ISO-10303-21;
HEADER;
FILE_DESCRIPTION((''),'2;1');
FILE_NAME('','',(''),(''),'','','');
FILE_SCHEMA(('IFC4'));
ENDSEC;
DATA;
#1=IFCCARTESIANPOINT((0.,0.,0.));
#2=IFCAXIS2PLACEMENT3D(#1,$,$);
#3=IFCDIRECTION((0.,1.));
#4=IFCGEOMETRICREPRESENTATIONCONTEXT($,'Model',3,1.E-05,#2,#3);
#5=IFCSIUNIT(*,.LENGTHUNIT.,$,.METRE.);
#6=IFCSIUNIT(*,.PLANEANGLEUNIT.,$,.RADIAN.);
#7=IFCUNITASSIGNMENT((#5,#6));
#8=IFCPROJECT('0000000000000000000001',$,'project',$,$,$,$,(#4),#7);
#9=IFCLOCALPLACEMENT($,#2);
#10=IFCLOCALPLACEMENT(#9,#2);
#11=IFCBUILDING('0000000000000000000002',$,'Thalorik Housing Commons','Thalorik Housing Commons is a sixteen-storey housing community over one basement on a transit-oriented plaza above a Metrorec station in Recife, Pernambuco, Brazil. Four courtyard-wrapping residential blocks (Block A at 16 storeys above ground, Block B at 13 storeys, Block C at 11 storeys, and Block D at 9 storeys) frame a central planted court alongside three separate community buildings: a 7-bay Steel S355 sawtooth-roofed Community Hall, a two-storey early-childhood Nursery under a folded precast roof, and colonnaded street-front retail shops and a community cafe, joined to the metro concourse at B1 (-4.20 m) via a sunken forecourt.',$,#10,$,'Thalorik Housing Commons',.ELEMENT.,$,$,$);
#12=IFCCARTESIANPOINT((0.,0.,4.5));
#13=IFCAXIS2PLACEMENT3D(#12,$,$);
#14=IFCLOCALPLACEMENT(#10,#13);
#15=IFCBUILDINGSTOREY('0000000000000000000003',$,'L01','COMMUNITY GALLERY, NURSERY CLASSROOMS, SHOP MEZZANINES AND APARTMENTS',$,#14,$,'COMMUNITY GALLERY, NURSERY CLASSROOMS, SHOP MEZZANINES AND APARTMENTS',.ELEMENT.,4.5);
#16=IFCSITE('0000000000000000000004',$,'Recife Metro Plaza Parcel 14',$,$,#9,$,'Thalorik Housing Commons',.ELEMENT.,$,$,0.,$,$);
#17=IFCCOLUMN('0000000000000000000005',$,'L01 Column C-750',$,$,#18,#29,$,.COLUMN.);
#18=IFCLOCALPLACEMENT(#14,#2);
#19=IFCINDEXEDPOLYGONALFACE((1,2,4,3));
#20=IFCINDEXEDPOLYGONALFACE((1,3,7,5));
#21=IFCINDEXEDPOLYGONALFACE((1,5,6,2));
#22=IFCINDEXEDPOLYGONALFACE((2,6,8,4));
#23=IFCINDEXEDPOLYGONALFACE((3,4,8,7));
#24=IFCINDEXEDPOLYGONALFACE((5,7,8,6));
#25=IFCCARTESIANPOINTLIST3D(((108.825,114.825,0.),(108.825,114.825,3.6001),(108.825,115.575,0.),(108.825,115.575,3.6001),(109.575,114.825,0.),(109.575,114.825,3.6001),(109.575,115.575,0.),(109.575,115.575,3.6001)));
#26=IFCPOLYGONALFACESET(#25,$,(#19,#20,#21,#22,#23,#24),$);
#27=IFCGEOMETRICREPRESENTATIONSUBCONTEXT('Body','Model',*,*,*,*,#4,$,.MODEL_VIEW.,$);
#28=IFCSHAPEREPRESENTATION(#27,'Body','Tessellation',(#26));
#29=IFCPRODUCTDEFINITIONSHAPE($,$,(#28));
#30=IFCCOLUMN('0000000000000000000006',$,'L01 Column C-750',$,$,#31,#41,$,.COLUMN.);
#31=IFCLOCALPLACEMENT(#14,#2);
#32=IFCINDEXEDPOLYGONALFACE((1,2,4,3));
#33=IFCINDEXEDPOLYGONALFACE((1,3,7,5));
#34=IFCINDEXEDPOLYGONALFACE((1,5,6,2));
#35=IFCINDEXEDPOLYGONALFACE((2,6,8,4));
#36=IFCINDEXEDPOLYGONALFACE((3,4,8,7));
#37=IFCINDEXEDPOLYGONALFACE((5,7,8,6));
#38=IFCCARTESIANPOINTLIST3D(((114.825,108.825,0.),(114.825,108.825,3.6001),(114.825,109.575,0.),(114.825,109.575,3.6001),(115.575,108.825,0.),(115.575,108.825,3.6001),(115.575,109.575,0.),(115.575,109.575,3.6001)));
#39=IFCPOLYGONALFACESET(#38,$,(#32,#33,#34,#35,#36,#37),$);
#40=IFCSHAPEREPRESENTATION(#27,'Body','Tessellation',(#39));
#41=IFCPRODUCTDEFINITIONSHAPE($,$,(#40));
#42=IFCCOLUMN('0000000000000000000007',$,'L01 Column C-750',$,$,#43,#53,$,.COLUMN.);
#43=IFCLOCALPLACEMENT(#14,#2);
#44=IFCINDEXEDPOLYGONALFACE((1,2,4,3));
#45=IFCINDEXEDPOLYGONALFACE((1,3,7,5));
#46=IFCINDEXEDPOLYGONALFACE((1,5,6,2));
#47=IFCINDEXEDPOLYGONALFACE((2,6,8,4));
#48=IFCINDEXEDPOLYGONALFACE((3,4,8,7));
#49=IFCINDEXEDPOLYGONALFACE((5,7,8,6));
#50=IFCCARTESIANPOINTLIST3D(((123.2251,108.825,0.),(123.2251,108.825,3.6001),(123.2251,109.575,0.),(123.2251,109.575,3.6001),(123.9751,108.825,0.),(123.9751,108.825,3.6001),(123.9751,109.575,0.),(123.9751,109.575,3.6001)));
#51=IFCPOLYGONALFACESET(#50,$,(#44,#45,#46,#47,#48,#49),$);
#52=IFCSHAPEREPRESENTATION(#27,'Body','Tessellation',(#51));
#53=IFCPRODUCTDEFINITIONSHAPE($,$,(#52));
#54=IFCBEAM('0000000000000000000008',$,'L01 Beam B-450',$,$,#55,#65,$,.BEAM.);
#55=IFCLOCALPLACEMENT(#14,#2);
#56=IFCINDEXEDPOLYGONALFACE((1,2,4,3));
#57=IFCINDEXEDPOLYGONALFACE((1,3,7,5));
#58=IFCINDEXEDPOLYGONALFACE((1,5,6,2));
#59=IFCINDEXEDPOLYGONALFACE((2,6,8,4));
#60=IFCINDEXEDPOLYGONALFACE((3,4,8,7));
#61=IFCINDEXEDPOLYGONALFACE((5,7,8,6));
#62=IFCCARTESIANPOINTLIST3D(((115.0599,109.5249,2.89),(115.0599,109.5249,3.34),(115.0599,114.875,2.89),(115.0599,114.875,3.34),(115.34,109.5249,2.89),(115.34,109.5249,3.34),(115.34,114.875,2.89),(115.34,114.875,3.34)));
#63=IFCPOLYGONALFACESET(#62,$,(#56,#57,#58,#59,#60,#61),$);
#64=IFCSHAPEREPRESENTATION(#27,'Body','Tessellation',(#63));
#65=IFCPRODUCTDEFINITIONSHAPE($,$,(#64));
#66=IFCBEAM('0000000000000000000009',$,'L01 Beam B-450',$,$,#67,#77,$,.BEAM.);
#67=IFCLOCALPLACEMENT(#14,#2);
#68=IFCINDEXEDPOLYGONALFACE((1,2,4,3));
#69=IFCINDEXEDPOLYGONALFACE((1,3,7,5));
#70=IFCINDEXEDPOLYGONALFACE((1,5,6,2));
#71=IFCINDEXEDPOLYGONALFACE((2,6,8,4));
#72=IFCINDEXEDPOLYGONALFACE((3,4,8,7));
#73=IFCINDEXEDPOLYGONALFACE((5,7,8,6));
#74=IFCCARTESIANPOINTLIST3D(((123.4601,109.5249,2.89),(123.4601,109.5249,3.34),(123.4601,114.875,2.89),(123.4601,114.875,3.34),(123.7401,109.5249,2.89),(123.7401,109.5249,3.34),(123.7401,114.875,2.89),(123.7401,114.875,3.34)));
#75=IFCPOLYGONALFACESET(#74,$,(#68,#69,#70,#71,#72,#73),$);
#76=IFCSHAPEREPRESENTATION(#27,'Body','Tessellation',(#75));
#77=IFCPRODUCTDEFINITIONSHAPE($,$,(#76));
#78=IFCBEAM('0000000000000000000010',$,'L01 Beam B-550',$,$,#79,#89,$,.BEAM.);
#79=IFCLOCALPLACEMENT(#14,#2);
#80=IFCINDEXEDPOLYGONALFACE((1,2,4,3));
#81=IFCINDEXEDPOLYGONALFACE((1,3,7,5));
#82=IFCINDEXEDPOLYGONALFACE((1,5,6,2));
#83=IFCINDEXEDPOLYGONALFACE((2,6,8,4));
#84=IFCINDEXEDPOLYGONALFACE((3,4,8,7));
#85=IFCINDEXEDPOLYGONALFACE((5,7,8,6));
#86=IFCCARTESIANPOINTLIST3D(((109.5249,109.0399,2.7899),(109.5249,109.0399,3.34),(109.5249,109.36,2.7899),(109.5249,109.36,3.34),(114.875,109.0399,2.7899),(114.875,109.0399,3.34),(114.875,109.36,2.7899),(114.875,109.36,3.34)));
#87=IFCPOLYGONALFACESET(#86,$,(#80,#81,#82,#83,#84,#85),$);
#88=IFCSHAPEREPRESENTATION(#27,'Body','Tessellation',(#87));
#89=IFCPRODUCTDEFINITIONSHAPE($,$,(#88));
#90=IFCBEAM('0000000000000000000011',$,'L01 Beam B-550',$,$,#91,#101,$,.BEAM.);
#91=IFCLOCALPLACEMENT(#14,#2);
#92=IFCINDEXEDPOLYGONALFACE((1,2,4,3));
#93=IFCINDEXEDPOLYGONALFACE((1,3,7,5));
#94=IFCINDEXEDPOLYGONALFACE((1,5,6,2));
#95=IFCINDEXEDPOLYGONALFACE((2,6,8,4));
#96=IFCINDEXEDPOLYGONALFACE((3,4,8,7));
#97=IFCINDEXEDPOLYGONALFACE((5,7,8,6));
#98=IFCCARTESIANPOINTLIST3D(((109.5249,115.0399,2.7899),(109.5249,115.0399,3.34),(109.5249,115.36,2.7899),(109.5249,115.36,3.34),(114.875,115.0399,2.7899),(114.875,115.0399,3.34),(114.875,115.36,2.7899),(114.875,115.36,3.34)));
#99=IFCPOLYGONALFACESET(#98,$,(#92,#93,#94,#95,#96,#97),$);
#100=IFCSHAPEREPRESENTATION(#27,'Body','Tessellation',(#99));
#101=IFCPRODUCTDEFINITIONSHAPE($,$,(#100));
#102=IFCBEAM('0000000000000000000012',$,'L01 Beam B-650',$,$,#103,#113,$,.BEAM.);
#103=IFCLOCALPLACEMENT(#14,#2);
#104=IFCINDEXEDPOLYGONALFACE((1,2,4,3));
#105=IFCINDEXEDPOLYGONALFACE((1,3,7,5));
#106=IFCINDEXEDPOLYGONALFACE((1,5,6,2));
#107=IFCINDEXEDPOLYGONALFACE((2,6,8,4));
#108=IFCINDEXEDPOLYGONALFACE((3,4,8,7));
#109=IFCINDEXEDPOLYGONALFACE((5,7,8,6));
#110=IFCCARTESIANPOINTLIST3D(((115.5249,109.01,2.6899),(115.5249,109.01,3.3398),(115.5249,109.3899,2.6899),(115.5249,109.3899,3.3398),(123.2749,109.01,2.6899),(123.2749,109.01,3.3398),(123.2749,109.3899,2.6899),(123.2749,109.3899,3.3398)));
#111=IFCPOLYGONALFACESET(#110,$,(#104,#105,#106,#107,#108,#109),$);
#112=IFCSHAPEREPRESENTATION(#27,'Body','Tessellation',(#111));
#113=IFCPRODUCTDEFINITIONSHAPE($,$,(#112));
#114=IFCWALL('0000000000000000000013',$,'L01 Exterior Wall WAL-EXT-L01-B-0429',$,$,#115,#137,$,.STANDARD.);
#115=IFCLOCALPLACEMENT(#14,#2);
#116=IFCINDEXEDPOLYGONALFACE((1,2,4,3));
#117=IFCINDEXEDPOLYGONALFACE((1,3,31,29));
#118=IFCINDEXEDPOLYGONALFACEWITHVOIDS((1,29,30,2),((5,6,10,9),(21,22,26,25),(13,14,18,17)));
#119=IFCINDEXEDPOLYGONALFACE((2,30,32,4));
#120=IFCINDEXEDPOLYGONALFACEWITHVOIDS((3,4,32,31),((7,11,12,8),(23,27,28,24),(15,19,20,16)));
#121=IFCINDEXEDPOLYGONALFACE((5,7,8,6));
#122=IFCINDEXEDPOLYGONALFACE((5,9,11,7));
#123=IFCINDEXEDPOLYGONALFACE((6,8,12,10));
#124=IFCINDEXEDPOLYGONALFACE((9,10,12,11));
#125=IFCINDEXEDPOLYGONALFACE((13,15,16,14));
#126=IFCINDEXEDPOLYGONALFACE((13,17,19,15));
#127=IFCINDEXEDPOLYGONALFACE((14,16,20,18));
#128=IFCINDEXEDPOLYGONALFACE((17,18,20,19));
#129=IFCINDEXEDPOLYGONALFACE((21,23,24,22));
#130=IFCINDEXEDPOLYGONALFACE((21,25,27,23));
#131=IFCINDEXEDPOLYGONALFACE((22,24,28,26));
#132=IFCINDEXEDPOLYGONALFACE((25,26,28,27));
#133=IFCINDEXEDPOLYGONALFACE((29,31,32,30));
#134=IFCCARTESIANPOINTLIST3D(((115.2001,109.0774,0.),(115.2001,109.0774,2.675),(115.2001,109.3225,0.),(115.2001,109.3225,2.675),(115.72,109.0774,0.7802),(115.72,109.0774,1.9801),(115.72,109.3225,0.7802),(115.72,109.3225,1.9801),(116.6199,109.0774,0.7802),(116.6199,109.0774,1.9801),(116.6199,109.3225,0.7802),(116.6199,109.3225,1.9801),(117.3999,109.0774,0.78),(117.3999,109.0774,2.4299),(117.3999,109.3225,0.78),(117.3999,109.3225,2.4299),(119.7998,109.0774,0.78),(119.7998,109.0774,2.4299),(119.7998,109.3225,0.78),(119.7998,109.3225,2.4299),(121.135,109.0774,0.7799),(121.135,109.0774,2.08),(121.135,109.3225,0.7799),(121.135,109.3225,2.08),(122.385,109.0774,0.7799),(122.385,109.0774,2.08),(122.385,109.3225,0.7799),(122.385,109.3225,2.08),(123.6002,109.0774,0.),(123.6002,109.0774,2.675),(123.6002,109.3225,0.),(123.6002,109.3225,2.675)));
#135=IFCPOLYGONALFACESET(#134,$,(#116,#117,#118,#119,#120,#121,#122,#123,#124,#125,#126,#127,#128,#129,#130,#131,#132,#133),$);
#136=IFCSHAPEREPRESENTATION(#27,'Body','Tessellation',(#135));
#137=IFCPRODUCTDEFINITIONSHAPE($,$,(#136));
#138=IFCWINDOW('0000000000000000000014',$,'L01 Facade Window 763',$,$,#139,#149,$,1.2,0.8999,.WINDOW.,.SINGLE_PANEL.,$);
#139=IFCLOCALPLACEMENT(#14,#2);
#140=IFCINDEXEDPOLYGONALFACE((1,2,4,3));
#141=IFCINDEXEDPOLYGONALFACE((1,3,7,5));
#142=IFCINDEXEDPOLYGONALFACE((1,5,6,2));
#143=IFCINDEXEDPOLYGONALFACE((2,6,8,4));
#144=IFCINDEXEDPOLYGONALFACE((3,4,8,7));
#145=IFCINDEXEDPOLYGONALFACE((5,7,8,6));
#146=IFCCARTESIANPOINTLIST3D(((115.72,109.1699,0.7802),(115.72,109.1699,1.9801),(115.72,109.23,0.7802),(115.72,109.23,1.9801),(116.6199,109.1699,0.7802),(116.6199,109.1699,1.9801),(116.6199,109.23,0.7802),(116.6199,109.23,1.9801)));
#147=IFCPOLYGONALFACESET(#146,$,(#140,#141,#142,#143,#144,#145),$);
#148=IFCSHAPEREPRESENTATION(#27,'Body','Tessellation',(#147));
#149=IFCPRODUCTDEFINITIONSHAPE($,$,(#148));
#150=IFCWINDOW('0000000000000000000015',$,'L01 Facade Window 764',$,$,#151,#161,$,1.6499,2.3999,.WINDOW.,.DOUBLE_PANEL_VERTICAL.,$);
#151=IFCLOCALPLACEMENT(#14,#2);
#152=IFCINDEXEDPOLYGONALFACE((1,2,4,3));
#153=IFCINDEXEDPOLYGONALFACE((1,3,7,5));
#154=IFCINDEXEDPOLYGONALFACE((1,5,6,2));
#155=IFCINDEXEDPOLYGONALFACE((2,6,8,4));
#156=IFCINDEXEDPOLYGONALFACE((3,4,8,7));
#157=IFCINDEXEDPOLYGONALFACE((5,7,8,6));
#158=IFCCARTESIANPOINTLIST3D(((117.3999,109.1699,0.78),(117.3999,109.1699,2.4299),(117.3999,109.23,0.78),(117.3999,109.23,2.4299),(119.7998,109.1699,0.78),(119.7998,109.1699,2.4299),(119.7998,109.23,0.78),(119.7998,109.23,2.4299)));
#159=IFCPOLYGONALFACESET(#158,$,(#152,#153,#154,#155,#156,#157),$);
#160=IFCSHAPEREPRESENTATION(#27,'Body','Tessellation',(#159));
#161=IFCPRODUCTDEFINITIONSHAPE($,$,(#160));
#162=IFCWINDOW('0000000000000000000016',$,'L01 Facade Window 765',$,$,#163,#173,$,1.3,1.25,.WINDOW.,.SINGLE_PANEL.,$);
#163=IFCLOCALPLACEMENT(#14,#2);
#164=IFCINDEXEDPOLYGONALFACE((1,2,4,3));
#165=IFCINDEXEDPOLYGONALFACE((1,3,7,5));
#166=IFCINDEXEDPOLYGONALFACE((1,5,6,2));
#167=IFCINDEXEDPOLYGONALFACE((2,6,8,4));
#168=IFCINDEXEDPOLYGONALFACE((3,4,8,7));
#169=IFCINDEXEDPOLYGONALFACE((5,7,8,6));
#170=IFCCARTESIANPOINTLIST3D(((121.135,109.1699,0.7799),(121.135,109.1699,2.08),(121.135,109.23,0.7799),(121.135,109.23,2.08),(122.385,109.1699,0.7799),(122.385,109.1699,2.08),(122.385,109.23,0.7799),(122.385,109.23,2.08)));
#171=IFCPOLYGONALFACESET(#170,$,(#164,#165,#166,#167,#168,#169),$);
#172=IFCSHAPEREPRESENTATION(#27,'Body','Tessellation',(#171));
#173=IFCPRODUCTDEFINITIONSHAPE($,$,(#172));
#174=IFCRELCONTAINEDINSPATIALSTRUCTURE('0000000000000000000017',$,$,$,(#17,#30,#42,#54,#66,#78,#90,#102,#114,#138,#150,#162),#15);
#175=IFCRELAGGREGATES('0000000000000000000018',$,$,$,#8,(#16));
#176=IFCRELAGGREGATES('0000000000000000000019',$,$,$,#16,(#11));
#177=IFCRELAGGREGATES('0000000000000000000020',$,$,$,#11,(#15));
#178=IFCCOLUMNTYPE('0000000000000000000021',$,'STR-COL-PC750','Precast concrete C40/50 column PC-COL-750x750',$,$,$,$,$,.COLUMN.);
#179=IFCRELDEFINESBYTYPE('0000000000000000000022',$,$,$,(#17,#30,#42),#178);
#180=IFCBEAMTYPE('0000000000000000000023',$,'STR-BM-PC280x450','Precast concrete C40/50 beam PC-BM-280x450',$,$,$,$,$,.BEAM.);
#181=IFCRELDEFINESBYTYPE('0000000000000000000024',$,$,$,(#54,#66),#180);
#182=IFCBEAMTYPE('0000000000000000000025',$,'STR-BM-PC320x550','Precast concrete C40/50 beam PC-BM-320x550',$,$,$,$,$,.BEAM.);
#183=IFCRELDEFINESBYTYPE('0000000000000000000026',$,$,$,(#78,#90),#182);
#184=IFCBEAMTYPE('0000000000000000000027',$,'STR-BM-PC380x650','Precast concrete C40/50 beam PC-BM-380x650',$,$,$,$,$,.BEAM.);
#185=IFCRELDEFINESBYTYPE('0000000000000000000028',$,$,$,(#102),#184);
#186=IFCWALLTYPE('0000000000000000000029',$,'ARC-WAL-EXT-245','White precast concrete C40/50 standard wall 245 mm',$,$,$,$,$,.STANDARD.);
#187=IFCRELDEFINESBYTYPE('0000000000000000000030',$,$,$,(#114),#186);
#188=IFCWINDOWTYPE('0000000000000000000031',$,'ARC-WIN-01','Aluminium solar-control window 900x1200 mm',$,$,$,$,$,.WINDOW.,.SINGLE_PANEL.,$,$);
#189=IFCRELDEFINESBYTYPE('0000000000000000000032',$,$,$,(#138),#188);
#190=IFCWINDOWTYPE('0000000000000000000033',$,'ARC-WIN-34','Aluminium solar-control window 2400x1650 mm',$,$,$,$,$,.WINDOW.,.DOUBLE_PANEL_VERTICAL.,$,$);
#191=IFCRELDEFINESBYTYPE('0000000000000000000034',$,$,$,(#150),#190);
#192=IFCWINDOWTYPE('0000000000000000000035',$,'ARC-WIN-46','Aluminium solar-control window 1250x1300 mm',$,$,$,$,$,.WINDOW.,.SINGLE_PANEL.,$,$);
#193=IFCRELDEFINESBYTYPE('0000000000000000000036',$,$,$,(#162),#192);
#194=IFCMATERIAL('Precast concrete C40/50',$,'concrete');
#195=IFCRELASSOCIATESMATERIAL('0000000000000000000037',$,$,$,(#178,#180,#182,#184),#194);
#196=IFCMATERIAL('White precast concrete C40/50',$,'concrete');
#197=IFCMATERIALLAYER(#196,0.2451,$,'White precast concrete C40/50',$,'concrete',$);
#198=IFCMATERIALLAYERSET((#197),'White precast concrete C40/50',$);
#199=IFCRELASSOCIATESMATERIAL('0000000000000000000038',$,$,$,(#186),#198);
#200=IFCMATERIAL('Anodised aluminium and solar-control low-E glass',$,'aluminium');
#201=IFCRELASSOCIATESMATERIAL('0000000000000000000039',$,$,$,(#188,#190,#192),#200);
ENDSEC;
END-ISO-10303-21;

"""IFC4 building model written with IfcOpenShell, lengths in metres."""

from ifc_helpers import new_model, si_unit, direction, frame, frame_2d, origin, origin_2d, place, context, subcontext, project, spatial, rectangle, extrude, material, layer, layer_set, material_profile, profile_set, type_object, element, fill, save


model = new_model("IFC4")

# Units and contexts
model_context = context("Model", 3, precision=1e-05, world=origin(), true_north=direction((0.0, 1.0)))
body_context = subcontext(model_context, "Body", "Model", "MODEL_VIEW")
ifc_project = project(units=[si_unit("LENGTHUNIT", "METRE"), si_unit("PLANEANGLEUNIT", "RADIAN")], contexts=[model_context])

# Site, building, storey
site_placement = place(None, origin())
site = spatial("IfcSite", under=ifc_project, at=site_placement, Name="Recife Metro Plaza Parcel 14", LongName="Thalorik Housing Commons", CompositionType="ELEMENT", RefElevation=0.0)
building_placement = place(site_placement, origin())
building = spatial("IfcBuilding", under=site, at=building_placement, Name="Thalorik Housing Commons", Description="Thalorik Housing Commons is a sixteen-storey housing community over one basement on a transit-oriented plaza above a Metrorec station in Recife, Pernambuco, Brazil. Four courtyard-wrapping residential blocks (Block A at 16 storeys above ground, Block B at 13 storeys, Block C at 11 storeys, and Block D at 9 storeys) frame a central planted court alongside three separate community buildings: a 7-bay Steel S355 sawtooth-roofed Community Hall, a two-storey early-childhood Nursery under a folded precast roof, and colonnaded street-front retail shops and a community cafe, joined to the metro concourse at B1 (-4.20 m) via a sunken forecourt.", LongName="Thalorik Housing Commons", CompositionType="ELEMENT")
storey_placement = place(building_placement, frame((0.0, 0.0, 4.5)))
storey = spatial("IfcBuildingStorey", under=building, at=storey_placement, Name="L01", Description="COMMUNITY GALLERY, NURSERY CLASSROOMS, SHOP MEZZANINES AND APARTMENTS", LongName="COMMUNITY GALLERY, NURSERY CLASSROOMS, SHOP MEZZANINES AND APARTMENTS", CompositionType="ELEMENT", Elevation=4.5)

# Columns
ifc_material_1 = material(Name="Precast concrete C40/50", Category="concrete")
ifc_material_profile_1 = material_profile(ifc_material_1, rectangle(XDim=0.75, YDim=0.75, at=origin_2d()), Name="PC 750x750", Category="concrete")
ifc_profile_set_1 = profile_set([ifc_material_profile_1], Name="Precast concrete C40/50")
column_type = type_object("IfcColumnType", Name="STR-COL-PC750", Description="Precast concrete C40/50 column PC-COL-750x750", PredefinedType="COLUMN", material=ifc_profile_set_1)
for number, where, z_axis, x_axis, name in (
    (1, (109.2, 115.2, 0.0), (0.0, 0.0, 1.0), (1.0, 0.0, 0.0), "L01 Column C-750"),
    (2, (115.2, 109.2, 0.0), (0.0, 0.0, 1.0), (1.0, 0.0, 0.0), "L01 Column C-750"),
    (3, (123.6001, 109.2, 0.0), (0.0, 0.0, 1.0), (1.0, 0.0, 0.0), "L01 Column C-750"),
):
    element("IfcColumn", number, at=place(storey_placement, frame(where, z_axis=z_axis, x_axis=x_axis)), inside=storey, type_object=column_type, Name=name, PredefinedType="COLUMN", context=body_context, shape_type="SweptSolid", body=[
        extrude(rectangle(XDim=0.75, YDim=0.75, at=origin_2d()), origin(), (0.0, 0.0, 1.0), 3.6001),
    ])

# Beams
ifc_material_profile_2 = material_profile(ifc_material_1, rectangle(XDim=0.28, YDim=0.45, at=origin_2d()), Name="PC 280x450", Category="concrete")
ifc_profile_set_2 = profile_set([ifc_material_profile_2], Name="Precast concrete C40/50")
beam_type_1 = type_object("IfcBeamType", Name="STR-BM-PC280x450", Description="Precast concrete C40/50 beam PC-BM-280x450", PredefinedType="BEAM", material=ifc_profile_set_2)
for number, where, z_axis, x_axis, name in (
    (4, (115.2, 109.5249, 3.115), (0.0, 1.0, 0.0), (-1.0, 0.0, 0.0), "L01 Beam B-450"),
    (5, (123.6001, 109.5249, 3.115), (0.0, 1.0, 0.0), (-1.0, 0.0, 0.0), "L01 Beam B-450"),
):
    element("IfcBeam", number, at=place(storey_placement, frame(where, z_axis=z_axis, x_axis=x_axis)), inside=storey, type_object=beam_type_1, Name=name, PredefinedType="BEAM", context=body_context, shape_type="SweptSolid", body=[
        extrude(rectangle(XDim=0.28, YDim=0.45, at=origin_2d()), origin(), (0.0, 0.0, 1.0), 5.3501),
    ])
ifc_material_profile_3 = material_profile(ifc_material_1, rectangle(XDim=0.3201, YDim=0.55, at=origin_2d()), Name="PC 320x550", Category="concrete")
ifc_profile_set_3 = profile_set([ifc_material_profile_3], Name="Precast concrete C40/50")
beam_type_2 = type_object("IfcBeamType", Name="STR-BM-PC320x550", Description="Precast concrete C40/50 beam PC-BM-320x550", PredefinedType="BEAM", material=ifc_profile_set_3)
for number, where, z_axis, x_axis, name in (
    (6, (109.5249, 109.2, 3.0649), (1.0, 0.0, 0.0), (0.0, 1.0, 0.0), "L01 Beam B-550"),
    (7, (109.5249, 115.2, 3.0649), (1.0, 0.0, 0.0), (0.0, 1.0, 0.0), "L01 Beam B-550"),
):
    element("IfcBeam", number, at=place(storey_placement, frame(where, z_axis=z_axis, x_axis=x_axis)), inside=storey, type_object=beam_type_2, Name=name, PredefinedType="BEAM", context=body_context, shape_type="SweptSolid", body=[
        extrude(rectangle(XDim=0.3201, YDim=0.55, at=origin_2d()), origin(), (0.0, 0.0, 1.0), 5.3501),
    ])
ifc_material_profile_4 = material_profile(ifc_material_1, rectangle(XDim=0.3799, YDim=0.6499, at=origin_2d()), Name="PC 380x650", Category="concrete")
ifc_profile_set_4 = profile_set([ifc_material_profile_4], Name="Precast concrete C40/50")
beam_type_3 = type_object("IfcBeamType", Name="STR-BM-PC380x650", Description="Precast concrete C40/50 beam PC-BM-380x650", PredefinedType="BEAM", material=ifc_profile_set_4)
beam_placement = place(storey_placement, frame((115.5249, 109.2, 3.0149), z_axis=(1.0, 0.0, 0.0), x_axis=(0.0, 1.0, 0.0)))
element("IfcBeam", 8, at=beam_placement, inside=storey, type_object=beam_type_3, Name="L01 Beam B-650", PredefinedType="BEAM", context=body_context, shape_type="SweptSolid", body=[
    extrude(rectangle(XDim=0.3799, YDim=0.6499, at=origin_2d()), origin(), (0.0, 0.0, 1.0), 7.75),
])

# Wall, openings, windows
ifc_material_2 = material(Name="White precast concrete C40/50", Category="concrete")
ifc_layer_1 = layer(ifc_material_2, 0.2451, Name="White precast concrete C40/50", Category="concrete")
ifc_layer_set_1 = layer_set([ifc_layer_1], Name="White precast concrete C40/50")
wall_type_1 = type_object("IfcWallType", Name="ARC-WAL-EXT-245", Description="White precast concrete C40/50 standard wall 245 mm", PredefinedType="STANDARD", material=ifc_layer_set_1)
wall_1_placement = place(storey_placement, frame((115.2, 109.2, 0.0), z_axis=(0.0, 0.0, 1.0), x_axis=(1.0, 0.0, 0.0)))
wall_1 = element("IfcWall", 9, at=wall_1_placement, inside=storey, type_object=wall_type_1, Name="L01 Exterior Wall WAL-EXT-L01-B-0429", PredefinedType="STANDARD", context=body_context, shape_type="SweptSolid", body=[
    extrude(rectangle(XDim=8.4001, YDim=0.2451, at=frame_2d((4.2002, 0.0))), origin(), (0.0, 0.0, 1.0), 2.675),
])
opening_1_placement = place(wall_1_placement, frame((0.52, 0.0, 0.78)))
opening_1 = element("IfcOpeningElement", 10, at=opening_1_placement, cuts=wall_1, PredefinedType="OPENING", context=body_context, shape_type="SweptSolid", body=[
    extrude(rectangle(XDim=0.8999, YDim=1.2, at=frame_2d((0.45, 0.6001))), frame((0.0, 0.1326, 0.0), z_axis=(0.0, -1.0, 0.0), x_axis=(1.0, 0.0, 0.0)), (0.0, 0.0, 1.0), 0.2651),
])
opening_2_placement = place(wall_1_placement, frame((2.2, 0.0, 0.78)))
opening_2 = element("IfcOpeningElement", 11, at=opening_2_placement, cuts=wall_1, PredefinedType="OPENING", context=body_context, shape_type="SweptSolid", body=[
    extrude(rectangle(XDim=2.3999, YDim=1.6499, at=frame_2d((1.2, 0.825))), frame((0.0, 0.1326, 0.0), z_axis=(0.0, -1.0, 0.0), x_axis=(1.0, 0.0, 0.0)), (0.0, 0.0, 1.0), 0.2651),
])
opening_3_placement = place(wall_1_placement, frame((5.9351, 0.0, 0.78)))
opening_3 = element("IfcOpeningElement", 12, at=opening_3_placement, cuts=wall_1, PredefinedType="OPENING", context=body_context, shape_type="SweptSolid", body=[
    extrude(rectangle(XDim=1.25, YDim=1.3, at=frame_2d((0.625, 0.6499))), frame((0.0, 0.1326, 0.0), z_axis=(0.0, -1.0, 0.0), x_axis=(1.0, 0.0, 0.0)), (0.0, 0.0, 1.0), 0.2651),
])
ifc_material_3 = material(Name="Anodised aluminium and solar-control low-E glass", Category="aluminium")
window_type_1 = type_object("IfcWindowType", Name="ARC-WIN-01", Description="Aluminium solar-control window 900x1200 mm", PartitioningType="SINGLE_PANEL", PredefinedType="WINDOW", material=ifc_material_3)
window_1_placement = place(opening_1_placement, origin())
window_1 = element("IfcWindow", 13, at=window_1_placement, inside=storey, type_object=window_type_1, Name="L01 Facade Window 763", OverallHeight=1.2, OverallWidth=0.8999, PartitioningType="SINGLE_PANEL", PredefinedType="WINDOW", context=body_context, shape_type="SweptSolid", body=[
    extrude(rectangle(XDim=0.8999, YDim=1.2, at=frame_2d((0.45, 0.6001))), frame((0.0, 0.03, 0.0), z_axis=(0.0, -1.0, 0.0), x_axis=(1.0, 0.0, 0.0)), (0.0, 0.0, 1.0), 0.0601),
])
fill(opening_1, window_1)
window_type_2 = type_object("IfcWindowType", Name="ARC-WIN-34", Description="Aluminium solar-control window 2400x1650 mm", PartitioningType="DOUBLE_PANEL_VERTICAL", PredefinedType="WINDOW", material=ifc_material_3)
window_2_placement = place(opening_2_placement, origin())
window_2 = element("IfcWindow", 14, at=window_2_placement, inside=storey, type_object=window_type_2, Name="L01 Facade Window 764", OverallHeight=1.6499, OverallWidth=2.3999, PartitioningType="DOUBLE_PANEL_VERTICAL", PredefinedType="WINDOW", context=body_context, shape_type="SweptSolid", body=[
    extrude(rectangle(XDim=2.3999, YDim=1.6499, at=frame_2d((1.2, 0.825))), frame((0.0, 0.03, 0.0), z_axis=(0.0, -1.0, 0.0), x_axis=(1.0, 0.0, 0.0)), (0.0, 0.0, 1.0), 0.0601),
])
fill(opening_2, window_2)
window_type_3 = type_object("IfcWindowType", Name="ARC-WIN-46", Description="Aluminium solar-control window 1250x1300 mm", PartitioningType="SINGLE_PANEL", PredefinedType="WINDOW", material=ifc_material_3)
window_3_placement = place(opening_3_placement, origin())
window_3 = element("IfcWindow", 15, at=window_3_placement, inside=storey, type_object=window_type_3, Name="L01 Facade Window 765", OverallHeight=1.3, OverallWidth=1.25, PartitioningType="SINGLE_PANEL", PredefinedType="WINDOW", context=body_context, shape_type="SweptSolid", body=[
    extrude(rectangle(XDim=1.25, YDim=1.3, at=frame_2d((0.625, 0.6499))), frame((0.0, 0.03, 0.0), z_axis=(0.0, -1.0, 0.0), x_axis=(1.0, 0.0, 0.0)), (0.0, 0.0, 1.0), 0.0601),
])
fill(opening_3, window_3)

save(model, "model.ifc")
